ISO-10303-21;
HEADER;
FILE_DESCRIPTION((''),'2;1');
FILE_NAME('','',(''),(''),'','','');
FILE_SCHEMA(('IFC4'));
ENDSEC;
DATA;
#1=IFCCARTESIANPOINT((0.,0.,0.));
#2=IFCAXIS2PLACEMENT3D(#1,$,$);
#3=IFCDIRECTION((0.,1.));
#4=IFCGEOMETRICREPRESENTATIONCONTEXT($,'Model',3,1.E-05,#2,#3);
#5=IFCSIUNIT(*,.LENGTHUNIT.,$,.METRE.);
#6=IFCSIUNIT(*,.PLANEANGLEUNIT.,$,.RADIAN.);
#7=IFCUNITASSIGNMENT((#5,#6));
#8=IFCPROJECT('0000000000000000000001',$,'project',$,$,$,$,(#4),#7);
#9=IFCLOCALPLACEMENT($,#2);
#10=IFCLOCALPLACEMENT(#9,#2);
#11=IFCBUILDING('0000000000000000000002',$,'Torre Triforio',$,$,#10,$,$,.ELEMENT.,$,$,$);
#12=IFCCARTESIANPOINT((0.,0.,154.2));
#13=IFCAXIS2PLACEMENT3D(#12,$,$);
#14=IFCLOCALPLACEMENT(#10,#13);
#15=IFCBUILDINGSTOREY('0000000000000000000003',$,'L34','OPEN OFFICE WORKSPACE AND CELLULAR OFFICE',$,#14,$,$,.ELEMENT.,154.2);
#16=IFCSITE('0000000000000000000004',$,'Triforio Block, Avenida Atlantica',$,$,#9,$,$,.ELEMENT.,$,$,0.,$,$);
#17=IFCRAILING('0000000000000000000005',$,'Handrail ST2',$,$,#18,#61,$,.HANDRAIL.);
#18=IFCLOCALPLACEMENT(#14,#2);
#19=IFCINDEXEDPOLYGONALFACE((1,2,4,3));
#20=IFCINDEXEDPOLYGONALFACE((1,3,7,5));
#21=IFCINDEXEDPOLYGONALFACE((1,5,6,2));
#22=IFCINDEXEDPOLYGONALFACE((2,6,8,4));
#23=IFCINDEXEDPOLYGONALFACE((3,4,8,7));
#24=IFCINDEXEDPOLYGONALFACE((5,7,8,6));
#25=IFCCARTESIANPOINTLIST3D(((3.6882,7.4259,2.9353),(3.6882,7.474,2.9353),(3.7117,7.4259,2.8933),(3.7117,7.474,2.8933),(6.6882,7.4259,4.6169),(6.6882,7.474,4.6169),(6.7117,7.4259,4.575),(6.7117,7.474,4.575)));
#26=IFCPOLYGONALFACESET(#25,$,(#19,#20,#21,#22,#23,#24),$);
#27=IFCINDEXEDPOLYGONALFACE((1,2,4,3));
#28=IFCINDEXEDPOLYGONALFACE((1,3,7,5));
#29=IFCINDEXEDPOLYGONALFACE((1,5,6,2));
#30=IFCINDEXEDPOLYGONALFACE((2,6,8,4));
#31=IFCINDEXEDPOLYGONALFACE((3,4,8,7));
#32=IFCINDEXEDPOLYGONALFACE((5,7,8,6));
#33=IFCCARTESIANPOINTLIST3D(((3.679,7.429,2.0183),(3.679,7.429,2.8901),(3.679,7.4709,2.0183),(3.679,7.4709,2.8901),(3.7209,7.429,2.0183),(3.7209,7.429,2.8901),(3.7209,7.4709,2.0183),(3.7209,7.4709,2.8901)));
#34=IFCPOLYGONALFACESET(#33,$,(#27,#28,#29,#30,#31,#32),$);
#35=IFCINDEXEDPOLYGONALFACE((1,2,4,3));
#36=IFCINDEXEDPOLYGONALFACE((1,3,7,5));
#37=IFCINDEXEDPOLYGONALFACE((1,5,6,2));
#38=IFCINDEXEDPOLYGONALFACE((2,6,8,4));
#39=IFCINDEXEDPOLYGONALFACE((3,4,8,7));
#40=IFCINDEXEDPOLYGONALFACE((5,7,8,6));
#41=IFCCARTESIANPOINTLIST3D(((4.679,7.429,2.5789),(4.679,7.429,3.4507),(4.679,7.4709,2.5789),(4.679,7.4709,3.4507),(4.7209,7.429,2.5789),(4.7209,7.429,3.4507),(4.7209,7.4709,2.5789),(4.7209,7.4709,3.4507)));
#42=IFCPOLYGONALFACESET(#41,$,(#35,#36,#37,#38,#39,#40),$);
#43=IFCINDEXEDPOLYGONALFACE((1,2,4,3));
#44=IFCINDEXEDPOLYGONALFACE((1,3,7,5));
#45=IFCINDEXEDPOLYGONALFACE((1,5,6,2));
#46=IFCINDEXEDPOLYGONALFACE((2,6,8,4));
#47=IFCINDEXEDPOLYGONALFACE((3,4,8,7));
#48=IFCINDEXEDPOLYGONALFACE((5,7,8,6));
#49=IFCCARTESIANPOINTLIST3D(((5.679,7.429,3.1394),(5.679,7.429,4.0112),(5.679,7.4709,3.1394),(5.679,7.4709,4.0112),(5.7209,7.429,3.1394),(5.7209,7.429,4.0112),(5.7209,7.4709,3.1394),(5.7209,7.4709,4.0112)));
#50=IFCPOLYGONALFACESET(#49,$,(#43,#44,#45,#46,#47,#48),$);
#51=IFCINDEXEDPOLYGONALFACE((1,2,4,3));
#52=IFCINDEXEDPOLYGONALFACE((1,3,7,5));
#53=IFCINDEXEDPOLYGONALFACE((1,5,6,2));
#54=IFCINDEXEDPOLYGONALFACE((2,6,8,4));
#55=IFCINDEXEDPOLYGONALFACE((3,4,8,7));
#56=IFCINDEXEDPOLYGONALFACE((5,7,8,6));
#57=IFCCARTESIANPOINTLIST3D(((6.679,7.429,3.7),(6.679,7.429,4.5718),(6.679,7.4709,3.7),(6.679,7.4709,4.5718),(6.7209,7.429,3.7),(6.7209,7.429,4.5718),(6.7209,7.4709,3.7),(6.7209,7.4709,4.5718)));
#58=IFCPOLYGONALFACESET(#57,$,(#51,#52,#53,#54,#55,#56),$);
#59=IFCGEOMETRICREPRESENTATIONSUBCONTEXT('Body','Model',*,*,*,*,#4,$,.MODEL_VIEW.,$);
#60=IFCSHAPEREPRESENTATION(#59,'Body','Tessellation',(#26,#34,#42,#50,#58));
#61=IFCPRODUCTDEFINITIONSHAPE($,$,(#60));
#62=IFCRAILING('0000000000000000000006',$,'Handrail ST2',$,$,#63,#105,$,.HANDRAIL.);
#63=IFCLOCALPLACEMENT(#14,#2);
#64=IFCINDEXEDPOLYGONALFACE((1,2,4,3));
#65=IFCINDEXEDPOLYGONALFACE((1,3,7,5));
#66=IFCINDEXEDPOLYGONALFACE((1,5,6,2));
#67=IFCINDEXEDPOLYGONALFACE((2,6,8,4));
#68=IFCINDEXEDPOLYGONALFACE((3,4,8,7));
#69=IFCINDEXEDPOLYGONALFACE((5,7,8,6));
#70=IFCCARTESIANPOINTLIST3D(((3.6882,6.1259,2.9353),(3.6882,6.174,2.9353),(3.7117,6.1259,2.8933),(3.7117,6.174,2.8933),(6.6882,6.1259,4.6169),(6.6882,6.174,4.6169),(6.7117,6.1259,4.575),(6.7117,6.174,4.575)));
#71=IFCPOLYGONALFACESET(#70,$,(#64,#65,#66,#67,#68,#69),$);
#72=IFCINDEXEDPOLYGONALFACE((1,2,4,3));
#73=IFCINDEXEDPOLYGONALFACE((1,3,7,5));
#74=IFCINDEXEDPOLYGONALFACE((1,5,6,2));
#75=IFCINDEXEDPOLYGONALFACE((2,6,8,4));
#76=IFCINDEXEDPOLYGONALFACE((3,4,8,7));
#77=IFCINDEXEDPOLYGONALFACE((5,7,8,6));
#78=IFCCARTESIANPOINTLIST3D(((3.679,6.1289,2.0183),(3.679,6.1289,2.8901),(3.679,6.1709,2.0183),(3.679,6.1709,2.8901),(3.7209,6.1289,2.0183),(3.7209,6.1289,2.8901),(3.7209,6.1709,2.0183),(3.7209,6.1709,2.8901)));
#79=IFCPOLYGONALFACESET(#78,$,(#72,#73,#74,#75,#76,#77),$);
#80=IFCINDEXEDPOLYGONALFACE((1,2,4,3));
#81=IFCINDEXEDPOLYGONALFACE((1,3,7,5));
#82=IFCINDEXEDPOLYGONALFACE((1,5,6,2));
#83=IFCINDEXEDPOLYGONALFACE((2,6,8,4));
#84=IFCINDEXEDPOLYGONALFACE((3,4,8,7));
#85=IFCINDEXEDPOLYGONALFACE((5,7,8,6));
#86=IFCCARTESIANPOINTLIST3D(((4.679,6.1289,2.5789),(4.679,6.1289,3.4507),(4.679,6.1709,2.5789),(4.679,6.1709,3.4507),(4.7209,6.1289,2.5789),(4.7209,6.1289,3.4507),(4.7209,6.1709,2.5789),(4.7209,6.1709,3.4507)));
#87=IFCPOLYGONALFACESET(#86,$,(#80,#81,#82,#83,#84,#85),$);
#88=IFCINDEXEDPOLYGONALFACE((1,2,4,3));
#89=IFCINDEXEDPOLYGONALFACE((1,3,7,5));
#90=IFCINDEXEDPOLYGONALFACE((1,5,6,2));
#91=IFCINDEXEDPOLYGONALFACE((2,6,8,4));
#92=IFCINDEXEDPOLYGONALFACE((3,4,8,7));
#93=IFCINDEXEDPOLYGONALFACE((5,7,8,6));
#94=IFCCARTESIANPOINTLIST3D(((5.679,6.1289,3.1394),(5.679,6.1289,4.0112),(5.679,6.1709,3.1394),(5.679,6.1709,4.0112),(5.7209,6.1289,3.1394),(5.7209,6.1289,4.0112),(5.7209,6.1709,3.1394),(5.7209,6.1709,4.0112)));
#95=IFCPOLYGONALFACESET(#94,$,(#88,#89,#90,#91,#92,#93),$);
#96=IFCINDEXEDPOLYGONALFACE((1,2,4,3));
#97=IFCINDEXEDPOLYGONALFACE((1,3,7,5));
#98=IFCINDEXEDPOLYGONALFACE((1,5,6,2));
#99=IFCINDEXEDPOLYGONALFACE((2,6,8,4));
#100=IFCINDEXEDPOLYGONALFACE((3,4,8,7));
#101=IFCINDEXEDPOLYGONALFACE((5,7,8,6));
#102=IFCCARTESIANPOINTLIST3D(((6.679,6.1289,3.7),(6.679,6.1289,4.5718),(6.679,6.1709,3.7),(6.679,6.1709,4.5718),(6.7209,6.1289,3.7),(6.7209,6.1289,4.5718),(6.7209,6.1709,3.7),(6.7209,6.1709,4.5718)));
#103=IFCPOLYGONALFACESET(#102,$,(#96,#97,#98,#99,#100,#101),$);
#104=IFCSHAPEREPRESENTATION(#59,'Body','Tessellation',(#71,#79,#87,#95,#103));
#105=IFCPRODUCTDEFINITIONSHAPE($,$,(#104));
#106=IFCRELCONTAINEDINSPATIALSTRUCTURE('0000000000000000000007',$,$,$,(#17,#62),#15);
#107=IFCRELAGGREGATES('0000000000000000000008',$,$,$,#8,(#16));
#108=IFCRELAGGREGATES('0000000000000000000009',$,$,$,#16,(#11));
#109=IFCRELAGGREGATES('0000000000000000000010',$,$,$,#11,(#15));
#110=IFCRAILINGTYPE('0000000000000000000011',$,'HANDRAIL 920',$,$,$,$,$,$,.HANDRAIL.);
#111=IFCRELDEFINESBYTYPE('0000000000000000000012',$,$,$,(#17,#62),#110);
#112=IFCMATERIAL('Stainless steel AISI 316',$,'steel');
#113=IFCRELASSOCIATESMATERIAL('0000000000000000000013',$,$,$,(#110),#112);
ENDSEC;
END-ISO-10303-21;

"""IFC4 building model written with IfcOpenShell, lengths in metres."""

from ifc_helpers import new_model, si_unit, direction, frame, origin, origin_2d, place, context, subcontext, project, spatial, rectangle, extrude, material, type_object, element, save


model = new_model("IFC4")

# Units and contexts
model_context = context("Model", 3, precision=1e-05, world=origin(), true_north=direction((0.0, 1.0)))
body_context = subcontext(model_context, "Body", "Model", "MODEL_VIEW")
ifc_project = project(units=[si_unit("LENGTHUNIT", "METRE"), si_unit("PLANEANGLEUNIT", "RADIAN")], contexts=[model_context])

# Site, building, storey
site_placement = place(None, origin())
site = spatial("IfcSite", under=ifc_project, at=site_placement, Name="Triforio Block, Avenida Atlantica", CompositionType="ELEMENT", RefElevation=0.0)
building_placement = place(site_placement, origin())
building = spatial("IfcBuilding", under=site, at=building_placement, Name="Torre Triforio", CompositionType="ELEMENT")
storey_placement = place(building_placement, frame((0.0, 0.0, 154.2)))
storey = spatial("IfcBuildingStorey", under=building, at=storey_placement, Name="L34", Description="OPEN OFFICE WORKSPACE AND CELLULAR OFFICE", CompositionType="ELEMENT", Elevation=154.2)

# Railings
ifc_material_1 = material(Name="Stainless steel AISI 316", Category="steel")
railing_type = type_object("IfcRailingType", Name="HANDRAIL 920", PredefinedType="HANDRAIL", material=ifc_material_1)
for number, where, name in (
    (1, (3.7, 7.45, 2.0183), "Handrail ST2"),
    (2, (3.7, 6.1499, 2.0183), "Handrail ST2"),
):
    element("IfcRailing", number, at=place(storey_placement, frame(where)), inside=storey, type_object=railing_type, Name=name, PredefinedType="HANDRAIL", context=body_context, shape_type="SweptSolid", body=[
        extrude(rectangle(XDim=0.0481, YDim=0.0481, at=origin_2d()), frame((0.0, 0.0, 0.896), z_axis=(0.872303, 0.0, 0.488966), x_axis=(0.0, 1.0, 0.0)), (0.0, 0.0, 1.0), 3.4392),
        extrude(rectangle(XDim=0.042, YDim=0.042, at=origin_2d()), origin(), (0.0, 0.0, 1.0), 0.8718),
        extrude(rectangle(XDim=0.042, YDim=0.042, at=origin_2d()), frame((1.0, 0.0, 0.5605)), (0.0, 0.0, 1.0), 0.8718),
        extrude(rectangle(XDim=0.042, YDim=0.042, at=origin_2d()), frame((2.0, 0.0, 1.1211)), (0.0, 0.0, 1.0), 0.8718),
        extrude(rectangle(XDim=0.042, YDim=0.042, at=origin_2d()), frame((3.0, 0.0, 1.6816)), (0.0, 0.0, 1.0), 0.8718),
    ])

save(model, "model.ifc")
